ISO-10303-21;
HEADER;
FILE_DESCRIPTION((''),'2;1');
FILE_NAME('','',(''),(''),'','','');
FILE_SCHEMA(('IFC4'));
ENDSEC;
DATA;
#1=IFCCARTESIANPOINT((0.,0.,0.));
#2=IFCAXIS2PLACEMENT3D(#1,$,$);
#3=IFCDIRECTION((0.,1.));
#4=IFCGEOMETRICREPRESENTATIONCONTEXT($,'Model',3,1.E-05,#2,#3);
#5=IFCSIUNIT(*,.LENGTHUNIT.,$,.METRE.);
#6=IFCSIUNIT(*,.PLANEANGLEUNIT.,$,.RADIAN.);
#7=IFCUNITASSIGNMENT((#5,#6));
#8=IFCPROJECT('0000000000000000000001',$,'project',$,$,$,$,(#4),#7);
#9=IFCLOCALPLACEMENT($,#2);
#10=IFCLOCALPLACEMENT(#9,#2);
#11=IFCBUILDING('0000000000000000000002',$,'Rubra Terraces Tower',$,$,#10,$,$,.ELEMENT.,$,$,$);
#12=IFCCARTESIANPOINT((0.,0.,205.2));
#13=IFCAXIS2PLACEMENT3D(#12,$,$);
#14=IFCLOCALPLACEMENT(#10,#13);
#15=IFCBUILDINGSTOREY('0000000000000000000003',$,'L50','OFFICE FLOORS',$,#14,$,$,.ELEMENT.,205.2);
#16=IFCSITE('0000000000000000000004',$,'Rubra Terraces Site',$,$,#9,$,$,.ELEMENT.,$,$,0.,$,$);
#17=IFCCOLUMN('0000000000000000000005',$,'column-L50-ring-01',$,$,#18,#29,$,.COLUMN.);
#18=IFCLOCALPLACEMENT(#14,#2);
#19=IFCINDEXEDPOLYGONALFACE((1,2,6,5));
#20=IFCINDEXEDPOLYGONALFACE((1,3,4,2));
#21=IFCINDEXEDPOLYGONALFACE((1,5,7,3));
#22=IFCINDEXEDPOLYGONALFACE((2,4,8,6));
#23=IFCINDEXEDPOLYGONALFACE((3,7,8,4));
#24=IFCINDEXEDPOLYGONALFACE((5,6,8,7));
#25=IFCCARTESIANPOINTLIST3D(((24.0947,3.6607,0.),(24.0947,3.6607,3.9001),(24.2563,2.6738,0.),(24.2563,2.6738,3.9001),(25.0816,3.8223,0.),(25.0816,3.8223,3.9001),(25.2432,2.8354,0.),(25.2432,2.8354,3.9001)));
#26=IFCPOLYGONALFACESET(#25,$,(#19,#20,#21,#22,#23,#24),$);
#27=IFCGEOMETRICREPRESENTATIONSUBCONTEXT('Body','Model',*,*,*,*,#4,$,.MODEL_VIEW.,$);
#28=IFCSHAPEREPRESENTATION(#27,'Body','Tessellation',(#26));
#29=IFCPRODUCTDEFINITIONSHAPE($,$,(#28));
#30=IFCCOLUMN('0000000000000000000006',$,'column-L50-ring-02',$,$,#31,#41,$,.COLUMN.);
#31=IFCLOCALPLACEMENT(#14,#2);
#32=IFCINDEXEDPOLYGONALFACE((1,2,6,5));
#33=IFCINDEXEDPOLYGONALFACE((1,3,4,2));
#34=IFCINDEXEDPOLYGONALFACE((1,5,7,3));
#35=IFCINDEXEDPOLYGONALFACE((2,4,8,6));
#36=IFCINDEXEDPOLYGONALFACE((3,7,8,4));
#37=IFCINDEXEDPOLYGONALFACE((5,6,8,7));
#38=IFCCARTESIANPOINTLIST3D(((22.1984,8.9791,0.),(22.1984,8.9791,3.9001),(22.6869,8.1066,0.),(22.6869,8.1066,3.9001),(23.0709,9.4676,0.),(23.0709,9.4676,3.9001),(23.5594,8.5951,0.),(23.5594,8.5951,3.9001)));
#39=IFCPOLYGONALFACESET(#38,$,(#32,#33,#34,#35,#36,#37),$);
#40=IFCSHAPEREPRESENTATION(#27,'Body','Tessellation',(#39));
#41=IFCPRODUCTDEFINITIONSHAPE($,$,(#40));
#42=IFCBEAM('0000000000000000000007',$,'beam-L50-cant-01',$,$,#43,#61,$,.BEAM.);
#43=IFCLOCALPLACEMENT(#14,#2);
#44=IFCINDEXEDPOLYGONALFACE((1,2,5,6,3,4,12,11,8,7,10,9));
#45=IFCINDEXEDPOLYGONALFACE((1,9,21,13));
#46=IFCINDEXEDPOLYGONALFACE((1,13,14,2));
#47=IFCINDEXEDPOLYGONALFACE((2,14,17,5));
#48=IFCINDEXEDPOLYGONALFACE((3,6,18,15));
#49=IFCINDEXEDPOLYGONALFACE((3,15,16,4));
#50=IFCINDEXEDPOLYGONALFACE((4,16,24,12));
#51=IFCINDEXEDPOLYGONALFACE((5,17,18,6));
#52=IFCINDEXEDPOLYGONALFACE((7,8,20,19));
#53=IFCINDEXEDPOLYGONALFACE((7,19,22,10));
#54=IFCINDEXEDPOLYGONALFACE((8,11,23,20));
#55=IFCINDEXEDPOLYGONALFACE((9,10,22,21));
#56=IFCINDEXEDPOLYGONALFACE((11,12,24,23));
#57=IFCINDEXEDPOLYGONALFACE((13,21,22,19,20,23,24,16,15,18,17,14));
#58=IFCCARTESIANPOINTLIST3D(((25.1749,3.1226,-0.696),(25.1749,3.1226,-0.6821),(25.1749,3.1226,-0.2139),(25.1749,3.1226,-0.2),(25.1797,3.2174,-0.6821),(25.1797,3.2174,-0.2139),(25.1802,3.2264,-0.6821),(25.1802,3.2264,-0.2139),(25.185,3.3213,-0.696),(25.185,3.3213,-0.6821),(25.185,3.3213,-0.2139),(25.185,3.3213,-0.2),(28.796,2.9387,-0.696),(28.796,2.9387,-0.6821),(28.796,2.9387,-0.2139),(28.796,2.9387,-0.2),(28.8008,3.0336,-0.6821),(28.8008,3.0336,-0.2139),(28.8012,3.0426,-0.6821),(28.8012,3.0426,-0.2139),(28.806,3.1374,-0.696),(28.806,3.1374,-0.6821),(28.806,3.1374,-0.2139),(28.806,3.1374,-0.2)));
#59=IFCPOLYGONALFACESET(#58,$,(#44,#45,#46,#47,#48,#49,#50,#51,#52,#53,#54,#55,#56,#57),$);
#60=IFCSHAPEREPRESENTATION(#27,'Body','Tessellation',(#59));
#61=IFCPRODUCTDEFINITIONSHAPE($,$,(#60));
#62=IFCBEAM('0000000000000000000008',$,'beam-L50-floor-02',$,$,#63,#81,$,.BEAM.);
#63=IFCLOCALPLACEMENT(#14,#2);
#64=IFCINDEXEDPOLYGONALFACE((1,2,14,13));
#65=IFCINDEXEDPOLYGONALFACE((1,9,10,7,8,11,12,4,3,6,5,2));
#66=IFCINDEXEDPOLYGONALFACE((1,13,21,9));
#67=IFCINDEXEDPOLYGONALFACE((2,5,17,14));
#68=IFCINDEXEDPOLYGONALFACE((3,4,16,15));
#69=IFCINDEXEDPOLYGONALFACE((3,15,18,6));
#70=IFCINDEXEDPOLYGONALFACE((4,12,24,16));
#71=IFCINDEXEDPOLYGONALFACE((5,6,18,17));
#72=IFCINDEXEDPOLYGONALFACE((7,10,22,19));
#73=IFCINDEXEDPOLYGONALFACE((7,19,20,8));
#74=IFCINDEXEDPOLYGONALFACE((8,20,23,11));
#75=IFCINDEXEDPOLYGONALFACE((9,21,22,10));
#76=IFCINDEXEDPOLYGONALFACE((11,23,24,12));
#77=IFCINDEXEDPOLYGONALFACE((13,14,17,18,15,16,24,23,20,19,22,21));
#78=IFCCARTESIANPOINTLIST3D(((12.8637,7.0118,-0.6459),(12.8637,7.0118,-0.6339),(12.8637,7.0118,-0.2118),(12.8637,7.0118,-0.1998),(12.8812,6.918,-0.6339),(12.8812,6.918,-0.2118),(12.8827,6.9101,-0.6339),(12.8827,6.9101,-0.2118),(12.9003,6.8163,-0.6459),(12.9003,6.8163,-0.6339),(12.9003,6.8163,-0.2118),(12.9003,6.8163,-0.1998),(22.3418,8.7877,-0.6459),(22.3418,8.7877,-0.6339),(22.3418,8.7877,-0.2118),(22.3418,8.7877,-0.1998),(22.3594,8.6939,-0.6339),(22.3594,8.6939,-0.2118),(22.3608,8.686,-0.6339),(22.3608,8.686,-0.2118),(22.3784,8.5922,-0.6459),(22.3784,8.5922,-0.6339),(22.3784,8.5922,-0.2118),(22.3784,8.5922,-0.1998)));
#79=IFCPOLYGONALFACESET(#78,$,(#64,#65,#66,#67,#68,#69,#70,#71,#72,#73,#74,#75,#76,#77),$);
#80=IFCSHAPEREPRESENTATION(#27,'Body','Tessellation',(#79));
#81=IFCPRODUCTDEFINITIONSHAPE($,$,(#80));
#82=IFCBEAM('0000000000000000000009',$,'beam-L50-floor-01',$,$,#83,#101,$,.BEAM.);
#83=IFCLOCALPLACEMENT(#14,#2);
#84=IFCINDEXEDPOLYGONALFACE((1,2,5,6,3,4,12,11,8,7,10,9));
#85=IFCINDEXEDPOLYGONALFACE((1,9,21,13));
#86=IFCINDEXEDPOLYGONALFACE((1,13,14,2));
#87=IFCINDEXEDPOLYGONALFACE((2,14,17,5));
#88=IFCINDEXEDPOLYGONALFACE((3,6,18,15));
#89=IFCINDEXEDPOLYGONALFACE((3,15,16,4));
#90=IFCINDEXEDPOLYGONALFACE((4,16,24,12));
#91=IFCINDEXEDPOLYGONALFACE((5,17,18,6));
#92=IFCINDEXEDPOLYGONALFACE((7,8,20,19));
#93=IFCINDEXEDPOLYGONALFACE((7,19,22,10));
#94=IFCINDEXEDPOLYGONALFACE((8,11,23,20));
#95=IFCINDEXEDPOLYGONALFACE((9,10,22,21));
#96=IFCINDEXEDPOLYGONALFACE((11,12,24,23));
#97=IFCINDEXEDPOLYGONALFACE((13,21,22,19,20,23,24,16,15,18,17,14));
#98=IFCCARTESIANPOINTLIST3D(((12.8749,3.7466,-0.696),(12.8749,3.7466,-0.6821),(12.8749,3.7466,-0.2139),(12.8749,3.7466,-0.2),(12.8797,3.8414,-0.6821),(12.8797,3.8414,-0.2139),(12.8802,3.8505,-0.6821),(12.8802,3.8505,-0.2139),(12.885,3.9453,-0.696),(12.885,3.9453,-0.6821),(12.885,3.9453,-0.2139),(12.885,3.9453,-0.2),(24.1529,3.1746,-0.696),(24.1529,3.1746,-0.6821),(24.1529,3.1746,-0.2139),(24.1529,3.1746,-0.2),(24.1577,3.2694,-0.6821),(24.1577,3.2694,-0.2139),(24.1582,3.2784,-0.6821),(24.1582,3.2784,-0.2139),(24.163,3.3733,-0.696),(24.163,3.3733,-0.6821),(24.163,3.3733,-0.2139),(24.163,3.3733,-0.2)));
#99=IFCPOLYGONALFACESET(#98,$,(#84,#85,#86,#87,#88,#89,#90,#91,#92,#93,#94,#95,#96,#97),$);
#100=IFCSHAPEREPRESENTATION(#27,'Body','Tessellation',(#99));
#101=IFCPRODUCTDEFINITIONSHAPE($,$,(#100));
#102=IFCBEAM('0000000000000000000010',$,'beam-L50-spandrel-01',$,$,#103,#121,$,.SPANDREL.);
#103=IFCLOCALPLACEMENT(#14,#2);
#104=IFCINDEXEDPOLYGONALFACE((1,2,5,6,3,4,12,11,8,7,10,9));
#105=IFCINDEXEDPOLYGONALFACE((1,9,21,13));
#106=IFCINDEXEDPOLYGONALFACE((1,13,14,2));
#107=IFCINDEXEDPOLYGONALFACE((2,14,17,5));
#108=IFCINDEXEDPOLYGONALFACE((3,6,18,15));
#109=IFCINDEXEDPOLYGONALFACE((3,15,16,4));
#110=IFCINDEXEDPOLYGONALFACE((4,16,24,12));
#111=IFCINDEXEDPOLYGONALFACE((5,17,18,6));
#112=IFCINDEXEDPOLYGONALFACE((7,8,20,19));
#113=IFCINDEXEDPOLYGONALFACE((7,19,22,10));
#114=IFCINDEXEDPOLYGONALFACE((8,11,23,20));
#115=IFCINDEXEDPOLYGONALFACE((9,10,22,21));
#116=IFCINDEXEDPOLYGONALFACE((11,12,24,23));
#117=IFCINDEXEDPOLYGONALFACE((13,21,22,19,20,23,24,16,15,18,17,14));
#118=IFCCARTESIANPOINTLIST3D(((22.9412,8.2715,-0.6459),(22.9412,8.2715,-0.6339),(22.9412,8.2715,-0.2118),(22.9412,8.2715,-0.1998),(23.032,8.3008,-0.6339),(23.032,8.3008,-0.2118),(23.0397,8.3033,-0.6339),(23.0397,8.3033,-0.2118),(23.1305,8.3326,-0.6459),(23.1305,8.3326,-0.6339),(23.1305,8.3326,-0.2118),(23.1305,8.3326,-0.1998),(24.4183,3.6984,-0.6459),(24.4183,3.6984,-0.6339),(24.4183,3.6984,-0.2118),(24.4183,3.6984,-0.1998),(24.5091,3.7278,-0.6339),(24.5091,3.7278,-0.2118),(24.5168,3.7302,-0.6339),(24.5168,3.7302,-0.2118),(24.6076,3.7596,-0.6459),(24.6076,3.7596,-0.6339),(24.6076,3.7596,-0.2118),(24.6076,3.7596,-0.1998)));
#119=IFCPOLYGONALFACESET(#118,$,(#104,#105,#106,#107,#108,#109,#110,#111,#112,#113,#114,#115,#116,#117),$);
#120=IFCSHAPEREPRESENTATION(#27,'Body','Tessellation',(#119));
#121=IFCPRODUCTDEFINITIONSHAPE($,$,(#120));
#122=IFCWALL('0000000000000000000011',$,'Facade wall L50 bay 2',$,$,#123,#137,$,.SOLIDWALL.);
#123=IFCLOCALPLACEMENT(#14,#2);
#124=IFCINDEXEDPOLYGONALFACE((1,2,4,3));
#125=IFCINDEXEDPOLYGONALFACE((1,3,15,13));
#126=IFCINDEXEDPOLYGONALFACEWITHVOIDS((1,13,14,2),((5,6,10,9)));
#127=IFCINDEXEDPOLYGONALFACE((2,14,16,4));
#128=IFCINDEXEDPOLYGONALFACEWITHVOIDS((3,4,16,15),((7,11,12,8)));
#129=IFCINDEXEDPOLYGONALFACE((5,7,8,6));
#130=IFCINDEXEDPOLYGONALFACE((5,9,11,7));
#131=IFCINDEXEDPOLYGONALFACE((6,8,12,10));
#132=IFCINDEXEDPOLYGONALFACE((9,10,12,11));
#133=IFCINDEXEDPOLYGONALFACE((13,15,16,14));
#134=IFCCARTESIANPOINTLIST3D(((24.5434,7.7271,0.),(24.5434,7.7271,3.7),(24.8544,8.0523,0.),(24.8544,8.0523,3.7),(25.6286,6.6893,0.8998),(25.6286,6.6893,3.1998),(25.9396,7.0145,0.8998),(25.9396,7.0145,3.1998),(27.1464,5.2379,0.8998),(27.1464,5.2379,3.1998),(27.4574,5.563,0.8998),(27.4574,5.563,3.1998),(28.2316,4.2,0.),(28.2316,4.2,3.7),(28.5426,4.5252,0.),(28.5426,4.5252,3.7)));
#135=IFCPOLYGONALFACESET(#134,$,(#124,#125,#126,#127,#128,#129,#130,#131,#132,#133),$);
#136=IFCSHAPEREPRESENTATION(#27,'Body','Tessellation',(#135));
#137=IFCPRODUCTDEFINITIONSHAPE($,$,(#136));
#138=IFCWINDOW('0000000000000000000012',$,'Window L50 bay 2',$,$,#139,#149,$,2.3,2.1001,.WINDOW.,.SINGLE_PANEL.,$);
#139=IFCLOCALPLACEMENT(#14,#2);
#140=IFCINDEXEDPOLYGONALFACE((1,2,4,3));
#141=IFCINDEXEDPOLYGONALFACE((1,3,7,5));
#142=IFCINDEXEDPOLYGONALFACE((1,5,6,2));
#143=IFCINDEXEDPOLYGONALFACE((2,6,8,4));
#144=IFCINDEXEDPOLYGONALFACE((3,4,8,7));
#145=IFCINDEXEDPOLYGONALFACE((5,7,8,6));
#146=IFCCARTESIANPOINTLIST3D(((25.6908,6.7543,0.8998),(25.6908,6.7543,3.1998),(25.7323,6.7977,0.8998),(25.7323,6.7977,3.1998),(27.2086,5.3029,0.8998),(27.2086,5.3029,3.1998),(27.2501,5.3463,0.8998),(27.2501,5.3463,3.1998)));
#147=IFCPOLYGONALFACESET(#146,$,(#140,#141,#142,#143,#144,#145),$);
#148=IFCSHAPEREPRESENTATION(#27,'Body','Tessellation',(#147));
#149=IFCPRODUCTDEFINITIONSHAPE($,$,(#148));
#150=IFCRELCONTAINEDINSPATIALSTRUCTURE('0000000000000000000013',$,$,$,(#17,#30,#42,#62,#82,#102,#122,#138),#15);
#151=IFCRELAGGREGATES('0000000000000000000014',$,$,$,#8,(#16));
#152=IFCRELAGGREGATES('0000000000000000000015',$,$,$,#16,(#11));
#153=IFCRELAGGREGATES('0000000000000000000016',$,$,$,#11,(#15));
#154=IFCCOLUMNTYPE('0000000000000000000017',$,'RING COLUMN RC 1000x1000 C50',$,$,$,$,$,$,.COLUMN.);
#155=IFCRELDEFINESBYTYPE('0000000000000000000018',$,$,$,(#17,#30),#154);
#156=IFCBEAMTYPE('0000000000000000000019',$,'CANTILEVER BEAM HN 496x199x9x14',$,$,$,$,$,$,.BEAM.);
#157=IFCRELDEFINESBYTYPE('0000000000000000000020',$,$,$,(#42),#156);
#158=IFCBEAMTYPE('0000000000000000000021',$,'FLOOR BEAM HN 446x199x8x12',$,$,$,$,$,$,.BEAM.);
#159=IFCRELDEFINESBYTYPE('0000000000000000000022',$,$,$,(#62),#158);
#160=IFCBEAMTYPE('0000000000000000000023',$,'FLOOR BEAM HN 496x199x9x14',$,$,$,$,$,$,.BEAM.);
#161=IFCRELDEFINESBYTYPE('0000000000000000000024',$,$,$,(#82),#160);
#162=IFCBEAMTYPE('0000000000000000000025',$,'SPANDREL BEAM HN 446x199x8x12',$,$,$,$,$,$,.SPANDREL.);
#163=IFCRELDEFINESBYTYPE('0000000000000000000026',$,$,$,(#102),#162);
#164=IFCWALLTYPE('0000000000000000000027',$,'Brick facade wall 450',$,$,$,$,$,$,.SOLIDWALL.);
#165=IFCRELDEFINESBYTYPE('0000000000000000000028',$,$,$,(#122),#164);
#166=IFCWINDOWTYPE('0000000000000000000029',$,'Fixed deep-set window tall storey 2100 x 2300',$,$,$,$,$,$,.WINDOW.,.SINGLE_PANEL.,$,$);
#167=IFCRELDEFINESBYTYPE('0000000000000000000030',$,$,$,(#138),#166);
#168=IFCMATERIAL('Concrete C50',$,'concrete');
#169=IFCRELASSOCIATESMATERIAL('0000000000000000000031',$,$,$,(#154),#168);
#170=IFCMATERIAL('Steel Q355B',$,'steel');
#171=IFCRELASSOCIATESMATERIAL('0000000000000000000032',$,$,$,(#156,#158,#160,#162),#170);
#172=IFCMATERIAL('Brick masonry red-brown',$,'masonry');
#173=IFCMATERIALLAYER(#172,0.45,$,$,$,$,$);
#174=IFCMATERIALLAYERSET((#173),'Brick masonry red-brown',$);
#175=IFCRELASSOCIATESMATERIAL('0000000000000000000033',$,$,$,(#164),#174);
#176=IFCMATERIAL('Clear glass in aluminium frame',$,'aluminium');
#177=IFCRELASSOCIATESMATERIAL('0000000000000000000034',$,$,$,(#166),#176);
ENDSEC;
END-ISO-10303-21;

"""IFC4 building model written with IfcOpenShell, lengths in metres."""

from ifc_helpers import new_model, si_unit, direction, frame, frame_2d, origin, origin_2d, place, context, subcontext, project, spatial, rectangle, i_section, extrude, material, layer, layer_set, material_profile, profile_set, type_object, element, fill, save


model = new_model("IFC4")

# Units and contexts
model_context = context("Model", 3, precision=1e-05, world=origin(), true_north=direction((0.0, 1.0)))
body_context = subcontext(model_context, "Body", "Model", "MODEL_VIEW")
ifc_project = project(units=[si_unit("LENGTHUNIT", "METRE"), si_unit("PLANEANGLEUNIT", "RADIAN")], contexts=[model_context])

# Site, building, storey
site_placement = place(None, origin())
site = spatial("IfcSite", under=ifc_project, at=site_placement, Name="Rubra Terraces Site", CompositionType="ELEMENT", RefElevation=0.0)
building_placement = place(site_placement, origin())
building = spatial("IfcBuilding", under=site, at=building_placement, Name="Rubra Terraces Tower", CompositionType="ELEMENT")
storey_placement = place(building_placement, frame((0.0, 0.0, 205.2)))
storey = spatial("IfcBuildingStorey", under=building, at=storey_placement, Name="L50", Description="OFFICE FLOORS", CompositionType="ELEMENT", Elevation=205.2)

# Columns
ifc_material_1 = material(Name="Concrete C50", Category="concrete")
ifc_material_profile_1 = material_profile(ifc_material_1, rectangle(XDim=1.0, YDim=1.0, at=origin_2d()), Name="RC 1000x1000")
ifc_profile_set_1 = profile_set([ifc_material_profile_1], Name="Concrete C50")
column_type = type_object("IfcColumnType", Name="RING COLUMN RC 1000x1000 C50", PredefinedType="COLUMN", material=ifc_profile_set_1)
for number, where, z_axis, x_axis, name in (
    (1, (24.6689, 3.248, 0.0), (0.0, 0.0, 1.0), (-0.161559, 0.986863, 0.0), "column-L50-ring-01"),
    (2, (22.8789, 8.7871, 0.0), (0.0, 0.0, 1.0), (-0.488526, 0.872549, 0.0), "column-L50-ring-02"),
):
    element("IfcColumn", number, at=place(storey_placement, frame(where, z_axis=z_axis, x_axis=x_axis)), inside=storey, type_object=column_type, Name=name, PredefinedType="COLUMN", context=body_context, shape_type="SweptSolid", body=[
        extrude(rectangle(XDim=1.0, YDim=1.0, at=origin_2d()), origin(), (0.0, 0.0, 1.0), 3.9001),
    ])

# Beams
ifc_material_2 = material(Name="Steel Q355B", Category="steel")
ifc_material_profile_2 = material_profile(ifc_material_2, i_section(OverallWidth=0.199, OverallDepth=0.4961, WebThickness=0.009, FlangeThickness=0.0139, at=origin_2d()), Name="HN 496x199x9x14")
ifc_profile_set_2 = profile_set([ifc_material_profile_2], Name="Steel Q355B")
beam_type_1 = type_object("IfcBeamType", Name="CANTILEVER BEAM HN 496x199x9x14", PredefinedType="BEAM", material=ifc_profile_set_2)
beam_1_placement = place(storey_placement, frame((25.1799, 3.2219, -0.448), z_axis=(0.998714, -0.050703, 0.0), x_axis=(0.050703, 0.998714, 0.0)))
element("IfcBeam", 3, at=beam_1_placement, inside=storey, type_object=beam_type_1, Name="beam-L50-cant-01", PredefinedType="BEAM", context=body_context, shape_type="SweptSolid", body=[
    extrude(i_section(OverallWidth=0.199, OverallDepth=0.4961, WebThickness=0.009, FlangeThickness=0.0139, at=origin_2d()), origin(), (0.0, 0.0, 1.0), 3.6257),
])
ifc_material_profile_3 = material_profile(ifc_material_2, i_section(OverallWidth=0.199, OverallDepth=0.446, WebThickness=0.0081, FlangeThickness=0.012, at=origin_2d()), Name="HN 446x199x8x12")
ifc_profile_set_3 = profile_set([ifc_material_profile_3], Name="Steel Q355B")
beam_type_2 = type_object("IfcBeamType", Name="FLOOR BEAM HN 446x199x8x12", PredefinedType="BEAM", material=ifc_profile_set_3)
beam_2_placement = place(storey_placement, frame((22.3601, 8.6899, -0.4229), z_axis=(-0.982896, -0.184163, 0.0), x_axis=(0.184163, -0.982896, 0.0)))
element("IfcBeam", 4, at=beam_2_placement, inside=storey, type_object=beam_type_2, Name="beam-L50-floor-02", PredefinedType="BEAM", context=body_context, shape_type="SweptSolid", body=[
    extrude(i_section(OverallWidth=0.199, OverallDepth=0.446, WebThickness=0.0081, FlangeThickness=0.012, at=origin_2d()), origin(), (0.0, 0.0, 1.0), 9.6431),
])
ifc_material_profile_4 = material_profile(ifc_material_2, i_section(OverallWidth=0.199, OverallDepth=0.4961, WebThickness=0.009, FlangeThickness=0.0139, at=origin_2d()), Name="HN 496x199x9x14")
ifc_profile_set_4 = profile_set([ifc_material_profile_4], Name="Steel Q355B")
beam_type_3 = type_object("IfcBeamType", Name="FLOOR BEAM HN 496x199x9x14", PredefinedType="BEAM", material=ifc_profile_set_4)
beam_3_placement = place(storey_placement, frame((24.158, 3.2739, -0.448), z_axis=(-0.998716, 0.050655, 0.0), x_axis=(-0.050655, -0.998716, 0.0)))
element("IfcBeam", 5, at=beam_3_placement, inside=storey, type_object=beam_type_3, Name="beam-L50-floor-01", PredefinedType="BEAM", context=body_context, shape_type="SweptSolid", body=[
    extrude(i_section(OverallWidth=0.199, OverallDepth=0.4961, WebThickness=0.009, FlangeThickness=0.0139, at=origin_2d()), origin(), (0.0, 0.0, 1.0), 11.2925),
])
ifc_material_profile_5 = material_profile(ifc_material_2, i_section(OverallWidth=0.199, OverallDepth=0.446, WebThickness=0.0081, FlangeThickness=0.012, at=origin_2d()), Name="HN 446x199x8x12")
ifc_profile_set_5 = profile_set([ifc_material_profile_5], Name="Steel Q355B")
beam_type_4 = type_object("IfcBeamType", Name="SPANDREL BEAM HN 446x199x8x12", PredefinedType="SPANDREL", material=ifc_profile_set_5)
beam_4_placement = place(storey_placement, frame((24.5129, 3.729, -0.4229), z_axis=(-0.307359, 0.951594, 0.0), x_axis=(-0.951594, -0.307359, 0.0)))
element("IfcBeam", 6, at=beam_4_placement, inside=storey, type_object=beam_type_4, Name="beam-L50-spandrel-01", PredefinedType="SPANDREL", context=body_context, shape_type="SweptSolid", body=[
    extrude(i_section(OverallWidth=0.199, OverallDepth=0.446, WebThickness=0.0081, FlangeThickness=0.012, at=origin_2d()), origin(), (0.0, 0.0, 1.0), 4.8057),
])

# Wall, opening, window
ifc_material_3 = material(Name="Brick masonry red-brown", Category="masonry")
ifc_layer_1 = layer(ifc_material_3, 0.45)
ifc_layer_set_1 = layer_set([ifc_layer_1], Name="Brick masonry red-brown")
wall_type_1 = type_object("IfcWallType", Name="Brick facade wall 450", PredefinedType="SOLIDWALL", material=ifc_layer_set_1)
wall_1_placement = place(storey_placement, frame((28.3872, 4.3625, 0.0), z_axis=(0.0, 0.0, 1.0), x_axis=(-0.722718, 0.691143, 0.0)))
wall_1 = element("IfcWall", 7, at=wall_1_placement, inside=storey, type_object=wall_type_1, Name="Facade wall L50 bay 2", PredefinedType="SOLIDWALL", context=body_context, shape_type="SweptSolid", body=[
    extrude(rectangle(XDim=5.1033, YDim=0.45, at=frame_2d((2.5518, 0.0))), origin(), (0.0, 0.0, 1.0), 3.7),
])
opening_1_placement = place(wall_1_placement, frame((1.5017, 0.0, 0.8999)))
opening_1 = element("IfcOpeningElement", 8, at=opening_1_placement, cuts=wall_1, PredefinedType="OPENING", context=body_context, shape_type="SweptSolid", body=[
    extrude(rectangle(XDim=2.1001, YDim=2.3, at=frame_2d((1.05, 1.1499))), frame((0.0, 0.2349, 0.0), z_axis=(0.0, -1.0, 0.0), x_axis=(1.0, 0.0, 0.0)), (0.0, 0.0, 1.0), 0.47),
])
ifc_material_4 = material(Name="Clear glass in aluminium frame", Category="aluminium")
window_type_1 = type_object("IfcWindowType", Name="Fixed deep-set window tall storey 2100 x 2300", PartitioningType="SINGLE_PANEL", PredefinedType="WINDOW", material=ifc_material_4)
window_1_placement = place(opening_1_placement, origin())
window_1 = element("IfcWindow", 9, at=window_1_placement, inside=storey, type_object=window_type_1, Name="Window L50 bay 2", OverallHeight=2.3, OverallWidth=2.1001, PartitioningType="SINGLE_PANEL", PredefinedType="WINDOW", context=body_context, shape_type="SweptSolid", body=[
    extrude(rectangle(XDim=2.1001, YDim=2.3, at=frame_2d((1.05, 1.1499))), frame((0.0, 0.135, 0.0), z_axis=(0.0, -1.0, 0.0), x_axis=(1.0, 0.0, 0.0)), (0.0, 0.0, 1.0), 0.0601),
])
fill(opening_1, window_1)

save(model, "model.ifc")
